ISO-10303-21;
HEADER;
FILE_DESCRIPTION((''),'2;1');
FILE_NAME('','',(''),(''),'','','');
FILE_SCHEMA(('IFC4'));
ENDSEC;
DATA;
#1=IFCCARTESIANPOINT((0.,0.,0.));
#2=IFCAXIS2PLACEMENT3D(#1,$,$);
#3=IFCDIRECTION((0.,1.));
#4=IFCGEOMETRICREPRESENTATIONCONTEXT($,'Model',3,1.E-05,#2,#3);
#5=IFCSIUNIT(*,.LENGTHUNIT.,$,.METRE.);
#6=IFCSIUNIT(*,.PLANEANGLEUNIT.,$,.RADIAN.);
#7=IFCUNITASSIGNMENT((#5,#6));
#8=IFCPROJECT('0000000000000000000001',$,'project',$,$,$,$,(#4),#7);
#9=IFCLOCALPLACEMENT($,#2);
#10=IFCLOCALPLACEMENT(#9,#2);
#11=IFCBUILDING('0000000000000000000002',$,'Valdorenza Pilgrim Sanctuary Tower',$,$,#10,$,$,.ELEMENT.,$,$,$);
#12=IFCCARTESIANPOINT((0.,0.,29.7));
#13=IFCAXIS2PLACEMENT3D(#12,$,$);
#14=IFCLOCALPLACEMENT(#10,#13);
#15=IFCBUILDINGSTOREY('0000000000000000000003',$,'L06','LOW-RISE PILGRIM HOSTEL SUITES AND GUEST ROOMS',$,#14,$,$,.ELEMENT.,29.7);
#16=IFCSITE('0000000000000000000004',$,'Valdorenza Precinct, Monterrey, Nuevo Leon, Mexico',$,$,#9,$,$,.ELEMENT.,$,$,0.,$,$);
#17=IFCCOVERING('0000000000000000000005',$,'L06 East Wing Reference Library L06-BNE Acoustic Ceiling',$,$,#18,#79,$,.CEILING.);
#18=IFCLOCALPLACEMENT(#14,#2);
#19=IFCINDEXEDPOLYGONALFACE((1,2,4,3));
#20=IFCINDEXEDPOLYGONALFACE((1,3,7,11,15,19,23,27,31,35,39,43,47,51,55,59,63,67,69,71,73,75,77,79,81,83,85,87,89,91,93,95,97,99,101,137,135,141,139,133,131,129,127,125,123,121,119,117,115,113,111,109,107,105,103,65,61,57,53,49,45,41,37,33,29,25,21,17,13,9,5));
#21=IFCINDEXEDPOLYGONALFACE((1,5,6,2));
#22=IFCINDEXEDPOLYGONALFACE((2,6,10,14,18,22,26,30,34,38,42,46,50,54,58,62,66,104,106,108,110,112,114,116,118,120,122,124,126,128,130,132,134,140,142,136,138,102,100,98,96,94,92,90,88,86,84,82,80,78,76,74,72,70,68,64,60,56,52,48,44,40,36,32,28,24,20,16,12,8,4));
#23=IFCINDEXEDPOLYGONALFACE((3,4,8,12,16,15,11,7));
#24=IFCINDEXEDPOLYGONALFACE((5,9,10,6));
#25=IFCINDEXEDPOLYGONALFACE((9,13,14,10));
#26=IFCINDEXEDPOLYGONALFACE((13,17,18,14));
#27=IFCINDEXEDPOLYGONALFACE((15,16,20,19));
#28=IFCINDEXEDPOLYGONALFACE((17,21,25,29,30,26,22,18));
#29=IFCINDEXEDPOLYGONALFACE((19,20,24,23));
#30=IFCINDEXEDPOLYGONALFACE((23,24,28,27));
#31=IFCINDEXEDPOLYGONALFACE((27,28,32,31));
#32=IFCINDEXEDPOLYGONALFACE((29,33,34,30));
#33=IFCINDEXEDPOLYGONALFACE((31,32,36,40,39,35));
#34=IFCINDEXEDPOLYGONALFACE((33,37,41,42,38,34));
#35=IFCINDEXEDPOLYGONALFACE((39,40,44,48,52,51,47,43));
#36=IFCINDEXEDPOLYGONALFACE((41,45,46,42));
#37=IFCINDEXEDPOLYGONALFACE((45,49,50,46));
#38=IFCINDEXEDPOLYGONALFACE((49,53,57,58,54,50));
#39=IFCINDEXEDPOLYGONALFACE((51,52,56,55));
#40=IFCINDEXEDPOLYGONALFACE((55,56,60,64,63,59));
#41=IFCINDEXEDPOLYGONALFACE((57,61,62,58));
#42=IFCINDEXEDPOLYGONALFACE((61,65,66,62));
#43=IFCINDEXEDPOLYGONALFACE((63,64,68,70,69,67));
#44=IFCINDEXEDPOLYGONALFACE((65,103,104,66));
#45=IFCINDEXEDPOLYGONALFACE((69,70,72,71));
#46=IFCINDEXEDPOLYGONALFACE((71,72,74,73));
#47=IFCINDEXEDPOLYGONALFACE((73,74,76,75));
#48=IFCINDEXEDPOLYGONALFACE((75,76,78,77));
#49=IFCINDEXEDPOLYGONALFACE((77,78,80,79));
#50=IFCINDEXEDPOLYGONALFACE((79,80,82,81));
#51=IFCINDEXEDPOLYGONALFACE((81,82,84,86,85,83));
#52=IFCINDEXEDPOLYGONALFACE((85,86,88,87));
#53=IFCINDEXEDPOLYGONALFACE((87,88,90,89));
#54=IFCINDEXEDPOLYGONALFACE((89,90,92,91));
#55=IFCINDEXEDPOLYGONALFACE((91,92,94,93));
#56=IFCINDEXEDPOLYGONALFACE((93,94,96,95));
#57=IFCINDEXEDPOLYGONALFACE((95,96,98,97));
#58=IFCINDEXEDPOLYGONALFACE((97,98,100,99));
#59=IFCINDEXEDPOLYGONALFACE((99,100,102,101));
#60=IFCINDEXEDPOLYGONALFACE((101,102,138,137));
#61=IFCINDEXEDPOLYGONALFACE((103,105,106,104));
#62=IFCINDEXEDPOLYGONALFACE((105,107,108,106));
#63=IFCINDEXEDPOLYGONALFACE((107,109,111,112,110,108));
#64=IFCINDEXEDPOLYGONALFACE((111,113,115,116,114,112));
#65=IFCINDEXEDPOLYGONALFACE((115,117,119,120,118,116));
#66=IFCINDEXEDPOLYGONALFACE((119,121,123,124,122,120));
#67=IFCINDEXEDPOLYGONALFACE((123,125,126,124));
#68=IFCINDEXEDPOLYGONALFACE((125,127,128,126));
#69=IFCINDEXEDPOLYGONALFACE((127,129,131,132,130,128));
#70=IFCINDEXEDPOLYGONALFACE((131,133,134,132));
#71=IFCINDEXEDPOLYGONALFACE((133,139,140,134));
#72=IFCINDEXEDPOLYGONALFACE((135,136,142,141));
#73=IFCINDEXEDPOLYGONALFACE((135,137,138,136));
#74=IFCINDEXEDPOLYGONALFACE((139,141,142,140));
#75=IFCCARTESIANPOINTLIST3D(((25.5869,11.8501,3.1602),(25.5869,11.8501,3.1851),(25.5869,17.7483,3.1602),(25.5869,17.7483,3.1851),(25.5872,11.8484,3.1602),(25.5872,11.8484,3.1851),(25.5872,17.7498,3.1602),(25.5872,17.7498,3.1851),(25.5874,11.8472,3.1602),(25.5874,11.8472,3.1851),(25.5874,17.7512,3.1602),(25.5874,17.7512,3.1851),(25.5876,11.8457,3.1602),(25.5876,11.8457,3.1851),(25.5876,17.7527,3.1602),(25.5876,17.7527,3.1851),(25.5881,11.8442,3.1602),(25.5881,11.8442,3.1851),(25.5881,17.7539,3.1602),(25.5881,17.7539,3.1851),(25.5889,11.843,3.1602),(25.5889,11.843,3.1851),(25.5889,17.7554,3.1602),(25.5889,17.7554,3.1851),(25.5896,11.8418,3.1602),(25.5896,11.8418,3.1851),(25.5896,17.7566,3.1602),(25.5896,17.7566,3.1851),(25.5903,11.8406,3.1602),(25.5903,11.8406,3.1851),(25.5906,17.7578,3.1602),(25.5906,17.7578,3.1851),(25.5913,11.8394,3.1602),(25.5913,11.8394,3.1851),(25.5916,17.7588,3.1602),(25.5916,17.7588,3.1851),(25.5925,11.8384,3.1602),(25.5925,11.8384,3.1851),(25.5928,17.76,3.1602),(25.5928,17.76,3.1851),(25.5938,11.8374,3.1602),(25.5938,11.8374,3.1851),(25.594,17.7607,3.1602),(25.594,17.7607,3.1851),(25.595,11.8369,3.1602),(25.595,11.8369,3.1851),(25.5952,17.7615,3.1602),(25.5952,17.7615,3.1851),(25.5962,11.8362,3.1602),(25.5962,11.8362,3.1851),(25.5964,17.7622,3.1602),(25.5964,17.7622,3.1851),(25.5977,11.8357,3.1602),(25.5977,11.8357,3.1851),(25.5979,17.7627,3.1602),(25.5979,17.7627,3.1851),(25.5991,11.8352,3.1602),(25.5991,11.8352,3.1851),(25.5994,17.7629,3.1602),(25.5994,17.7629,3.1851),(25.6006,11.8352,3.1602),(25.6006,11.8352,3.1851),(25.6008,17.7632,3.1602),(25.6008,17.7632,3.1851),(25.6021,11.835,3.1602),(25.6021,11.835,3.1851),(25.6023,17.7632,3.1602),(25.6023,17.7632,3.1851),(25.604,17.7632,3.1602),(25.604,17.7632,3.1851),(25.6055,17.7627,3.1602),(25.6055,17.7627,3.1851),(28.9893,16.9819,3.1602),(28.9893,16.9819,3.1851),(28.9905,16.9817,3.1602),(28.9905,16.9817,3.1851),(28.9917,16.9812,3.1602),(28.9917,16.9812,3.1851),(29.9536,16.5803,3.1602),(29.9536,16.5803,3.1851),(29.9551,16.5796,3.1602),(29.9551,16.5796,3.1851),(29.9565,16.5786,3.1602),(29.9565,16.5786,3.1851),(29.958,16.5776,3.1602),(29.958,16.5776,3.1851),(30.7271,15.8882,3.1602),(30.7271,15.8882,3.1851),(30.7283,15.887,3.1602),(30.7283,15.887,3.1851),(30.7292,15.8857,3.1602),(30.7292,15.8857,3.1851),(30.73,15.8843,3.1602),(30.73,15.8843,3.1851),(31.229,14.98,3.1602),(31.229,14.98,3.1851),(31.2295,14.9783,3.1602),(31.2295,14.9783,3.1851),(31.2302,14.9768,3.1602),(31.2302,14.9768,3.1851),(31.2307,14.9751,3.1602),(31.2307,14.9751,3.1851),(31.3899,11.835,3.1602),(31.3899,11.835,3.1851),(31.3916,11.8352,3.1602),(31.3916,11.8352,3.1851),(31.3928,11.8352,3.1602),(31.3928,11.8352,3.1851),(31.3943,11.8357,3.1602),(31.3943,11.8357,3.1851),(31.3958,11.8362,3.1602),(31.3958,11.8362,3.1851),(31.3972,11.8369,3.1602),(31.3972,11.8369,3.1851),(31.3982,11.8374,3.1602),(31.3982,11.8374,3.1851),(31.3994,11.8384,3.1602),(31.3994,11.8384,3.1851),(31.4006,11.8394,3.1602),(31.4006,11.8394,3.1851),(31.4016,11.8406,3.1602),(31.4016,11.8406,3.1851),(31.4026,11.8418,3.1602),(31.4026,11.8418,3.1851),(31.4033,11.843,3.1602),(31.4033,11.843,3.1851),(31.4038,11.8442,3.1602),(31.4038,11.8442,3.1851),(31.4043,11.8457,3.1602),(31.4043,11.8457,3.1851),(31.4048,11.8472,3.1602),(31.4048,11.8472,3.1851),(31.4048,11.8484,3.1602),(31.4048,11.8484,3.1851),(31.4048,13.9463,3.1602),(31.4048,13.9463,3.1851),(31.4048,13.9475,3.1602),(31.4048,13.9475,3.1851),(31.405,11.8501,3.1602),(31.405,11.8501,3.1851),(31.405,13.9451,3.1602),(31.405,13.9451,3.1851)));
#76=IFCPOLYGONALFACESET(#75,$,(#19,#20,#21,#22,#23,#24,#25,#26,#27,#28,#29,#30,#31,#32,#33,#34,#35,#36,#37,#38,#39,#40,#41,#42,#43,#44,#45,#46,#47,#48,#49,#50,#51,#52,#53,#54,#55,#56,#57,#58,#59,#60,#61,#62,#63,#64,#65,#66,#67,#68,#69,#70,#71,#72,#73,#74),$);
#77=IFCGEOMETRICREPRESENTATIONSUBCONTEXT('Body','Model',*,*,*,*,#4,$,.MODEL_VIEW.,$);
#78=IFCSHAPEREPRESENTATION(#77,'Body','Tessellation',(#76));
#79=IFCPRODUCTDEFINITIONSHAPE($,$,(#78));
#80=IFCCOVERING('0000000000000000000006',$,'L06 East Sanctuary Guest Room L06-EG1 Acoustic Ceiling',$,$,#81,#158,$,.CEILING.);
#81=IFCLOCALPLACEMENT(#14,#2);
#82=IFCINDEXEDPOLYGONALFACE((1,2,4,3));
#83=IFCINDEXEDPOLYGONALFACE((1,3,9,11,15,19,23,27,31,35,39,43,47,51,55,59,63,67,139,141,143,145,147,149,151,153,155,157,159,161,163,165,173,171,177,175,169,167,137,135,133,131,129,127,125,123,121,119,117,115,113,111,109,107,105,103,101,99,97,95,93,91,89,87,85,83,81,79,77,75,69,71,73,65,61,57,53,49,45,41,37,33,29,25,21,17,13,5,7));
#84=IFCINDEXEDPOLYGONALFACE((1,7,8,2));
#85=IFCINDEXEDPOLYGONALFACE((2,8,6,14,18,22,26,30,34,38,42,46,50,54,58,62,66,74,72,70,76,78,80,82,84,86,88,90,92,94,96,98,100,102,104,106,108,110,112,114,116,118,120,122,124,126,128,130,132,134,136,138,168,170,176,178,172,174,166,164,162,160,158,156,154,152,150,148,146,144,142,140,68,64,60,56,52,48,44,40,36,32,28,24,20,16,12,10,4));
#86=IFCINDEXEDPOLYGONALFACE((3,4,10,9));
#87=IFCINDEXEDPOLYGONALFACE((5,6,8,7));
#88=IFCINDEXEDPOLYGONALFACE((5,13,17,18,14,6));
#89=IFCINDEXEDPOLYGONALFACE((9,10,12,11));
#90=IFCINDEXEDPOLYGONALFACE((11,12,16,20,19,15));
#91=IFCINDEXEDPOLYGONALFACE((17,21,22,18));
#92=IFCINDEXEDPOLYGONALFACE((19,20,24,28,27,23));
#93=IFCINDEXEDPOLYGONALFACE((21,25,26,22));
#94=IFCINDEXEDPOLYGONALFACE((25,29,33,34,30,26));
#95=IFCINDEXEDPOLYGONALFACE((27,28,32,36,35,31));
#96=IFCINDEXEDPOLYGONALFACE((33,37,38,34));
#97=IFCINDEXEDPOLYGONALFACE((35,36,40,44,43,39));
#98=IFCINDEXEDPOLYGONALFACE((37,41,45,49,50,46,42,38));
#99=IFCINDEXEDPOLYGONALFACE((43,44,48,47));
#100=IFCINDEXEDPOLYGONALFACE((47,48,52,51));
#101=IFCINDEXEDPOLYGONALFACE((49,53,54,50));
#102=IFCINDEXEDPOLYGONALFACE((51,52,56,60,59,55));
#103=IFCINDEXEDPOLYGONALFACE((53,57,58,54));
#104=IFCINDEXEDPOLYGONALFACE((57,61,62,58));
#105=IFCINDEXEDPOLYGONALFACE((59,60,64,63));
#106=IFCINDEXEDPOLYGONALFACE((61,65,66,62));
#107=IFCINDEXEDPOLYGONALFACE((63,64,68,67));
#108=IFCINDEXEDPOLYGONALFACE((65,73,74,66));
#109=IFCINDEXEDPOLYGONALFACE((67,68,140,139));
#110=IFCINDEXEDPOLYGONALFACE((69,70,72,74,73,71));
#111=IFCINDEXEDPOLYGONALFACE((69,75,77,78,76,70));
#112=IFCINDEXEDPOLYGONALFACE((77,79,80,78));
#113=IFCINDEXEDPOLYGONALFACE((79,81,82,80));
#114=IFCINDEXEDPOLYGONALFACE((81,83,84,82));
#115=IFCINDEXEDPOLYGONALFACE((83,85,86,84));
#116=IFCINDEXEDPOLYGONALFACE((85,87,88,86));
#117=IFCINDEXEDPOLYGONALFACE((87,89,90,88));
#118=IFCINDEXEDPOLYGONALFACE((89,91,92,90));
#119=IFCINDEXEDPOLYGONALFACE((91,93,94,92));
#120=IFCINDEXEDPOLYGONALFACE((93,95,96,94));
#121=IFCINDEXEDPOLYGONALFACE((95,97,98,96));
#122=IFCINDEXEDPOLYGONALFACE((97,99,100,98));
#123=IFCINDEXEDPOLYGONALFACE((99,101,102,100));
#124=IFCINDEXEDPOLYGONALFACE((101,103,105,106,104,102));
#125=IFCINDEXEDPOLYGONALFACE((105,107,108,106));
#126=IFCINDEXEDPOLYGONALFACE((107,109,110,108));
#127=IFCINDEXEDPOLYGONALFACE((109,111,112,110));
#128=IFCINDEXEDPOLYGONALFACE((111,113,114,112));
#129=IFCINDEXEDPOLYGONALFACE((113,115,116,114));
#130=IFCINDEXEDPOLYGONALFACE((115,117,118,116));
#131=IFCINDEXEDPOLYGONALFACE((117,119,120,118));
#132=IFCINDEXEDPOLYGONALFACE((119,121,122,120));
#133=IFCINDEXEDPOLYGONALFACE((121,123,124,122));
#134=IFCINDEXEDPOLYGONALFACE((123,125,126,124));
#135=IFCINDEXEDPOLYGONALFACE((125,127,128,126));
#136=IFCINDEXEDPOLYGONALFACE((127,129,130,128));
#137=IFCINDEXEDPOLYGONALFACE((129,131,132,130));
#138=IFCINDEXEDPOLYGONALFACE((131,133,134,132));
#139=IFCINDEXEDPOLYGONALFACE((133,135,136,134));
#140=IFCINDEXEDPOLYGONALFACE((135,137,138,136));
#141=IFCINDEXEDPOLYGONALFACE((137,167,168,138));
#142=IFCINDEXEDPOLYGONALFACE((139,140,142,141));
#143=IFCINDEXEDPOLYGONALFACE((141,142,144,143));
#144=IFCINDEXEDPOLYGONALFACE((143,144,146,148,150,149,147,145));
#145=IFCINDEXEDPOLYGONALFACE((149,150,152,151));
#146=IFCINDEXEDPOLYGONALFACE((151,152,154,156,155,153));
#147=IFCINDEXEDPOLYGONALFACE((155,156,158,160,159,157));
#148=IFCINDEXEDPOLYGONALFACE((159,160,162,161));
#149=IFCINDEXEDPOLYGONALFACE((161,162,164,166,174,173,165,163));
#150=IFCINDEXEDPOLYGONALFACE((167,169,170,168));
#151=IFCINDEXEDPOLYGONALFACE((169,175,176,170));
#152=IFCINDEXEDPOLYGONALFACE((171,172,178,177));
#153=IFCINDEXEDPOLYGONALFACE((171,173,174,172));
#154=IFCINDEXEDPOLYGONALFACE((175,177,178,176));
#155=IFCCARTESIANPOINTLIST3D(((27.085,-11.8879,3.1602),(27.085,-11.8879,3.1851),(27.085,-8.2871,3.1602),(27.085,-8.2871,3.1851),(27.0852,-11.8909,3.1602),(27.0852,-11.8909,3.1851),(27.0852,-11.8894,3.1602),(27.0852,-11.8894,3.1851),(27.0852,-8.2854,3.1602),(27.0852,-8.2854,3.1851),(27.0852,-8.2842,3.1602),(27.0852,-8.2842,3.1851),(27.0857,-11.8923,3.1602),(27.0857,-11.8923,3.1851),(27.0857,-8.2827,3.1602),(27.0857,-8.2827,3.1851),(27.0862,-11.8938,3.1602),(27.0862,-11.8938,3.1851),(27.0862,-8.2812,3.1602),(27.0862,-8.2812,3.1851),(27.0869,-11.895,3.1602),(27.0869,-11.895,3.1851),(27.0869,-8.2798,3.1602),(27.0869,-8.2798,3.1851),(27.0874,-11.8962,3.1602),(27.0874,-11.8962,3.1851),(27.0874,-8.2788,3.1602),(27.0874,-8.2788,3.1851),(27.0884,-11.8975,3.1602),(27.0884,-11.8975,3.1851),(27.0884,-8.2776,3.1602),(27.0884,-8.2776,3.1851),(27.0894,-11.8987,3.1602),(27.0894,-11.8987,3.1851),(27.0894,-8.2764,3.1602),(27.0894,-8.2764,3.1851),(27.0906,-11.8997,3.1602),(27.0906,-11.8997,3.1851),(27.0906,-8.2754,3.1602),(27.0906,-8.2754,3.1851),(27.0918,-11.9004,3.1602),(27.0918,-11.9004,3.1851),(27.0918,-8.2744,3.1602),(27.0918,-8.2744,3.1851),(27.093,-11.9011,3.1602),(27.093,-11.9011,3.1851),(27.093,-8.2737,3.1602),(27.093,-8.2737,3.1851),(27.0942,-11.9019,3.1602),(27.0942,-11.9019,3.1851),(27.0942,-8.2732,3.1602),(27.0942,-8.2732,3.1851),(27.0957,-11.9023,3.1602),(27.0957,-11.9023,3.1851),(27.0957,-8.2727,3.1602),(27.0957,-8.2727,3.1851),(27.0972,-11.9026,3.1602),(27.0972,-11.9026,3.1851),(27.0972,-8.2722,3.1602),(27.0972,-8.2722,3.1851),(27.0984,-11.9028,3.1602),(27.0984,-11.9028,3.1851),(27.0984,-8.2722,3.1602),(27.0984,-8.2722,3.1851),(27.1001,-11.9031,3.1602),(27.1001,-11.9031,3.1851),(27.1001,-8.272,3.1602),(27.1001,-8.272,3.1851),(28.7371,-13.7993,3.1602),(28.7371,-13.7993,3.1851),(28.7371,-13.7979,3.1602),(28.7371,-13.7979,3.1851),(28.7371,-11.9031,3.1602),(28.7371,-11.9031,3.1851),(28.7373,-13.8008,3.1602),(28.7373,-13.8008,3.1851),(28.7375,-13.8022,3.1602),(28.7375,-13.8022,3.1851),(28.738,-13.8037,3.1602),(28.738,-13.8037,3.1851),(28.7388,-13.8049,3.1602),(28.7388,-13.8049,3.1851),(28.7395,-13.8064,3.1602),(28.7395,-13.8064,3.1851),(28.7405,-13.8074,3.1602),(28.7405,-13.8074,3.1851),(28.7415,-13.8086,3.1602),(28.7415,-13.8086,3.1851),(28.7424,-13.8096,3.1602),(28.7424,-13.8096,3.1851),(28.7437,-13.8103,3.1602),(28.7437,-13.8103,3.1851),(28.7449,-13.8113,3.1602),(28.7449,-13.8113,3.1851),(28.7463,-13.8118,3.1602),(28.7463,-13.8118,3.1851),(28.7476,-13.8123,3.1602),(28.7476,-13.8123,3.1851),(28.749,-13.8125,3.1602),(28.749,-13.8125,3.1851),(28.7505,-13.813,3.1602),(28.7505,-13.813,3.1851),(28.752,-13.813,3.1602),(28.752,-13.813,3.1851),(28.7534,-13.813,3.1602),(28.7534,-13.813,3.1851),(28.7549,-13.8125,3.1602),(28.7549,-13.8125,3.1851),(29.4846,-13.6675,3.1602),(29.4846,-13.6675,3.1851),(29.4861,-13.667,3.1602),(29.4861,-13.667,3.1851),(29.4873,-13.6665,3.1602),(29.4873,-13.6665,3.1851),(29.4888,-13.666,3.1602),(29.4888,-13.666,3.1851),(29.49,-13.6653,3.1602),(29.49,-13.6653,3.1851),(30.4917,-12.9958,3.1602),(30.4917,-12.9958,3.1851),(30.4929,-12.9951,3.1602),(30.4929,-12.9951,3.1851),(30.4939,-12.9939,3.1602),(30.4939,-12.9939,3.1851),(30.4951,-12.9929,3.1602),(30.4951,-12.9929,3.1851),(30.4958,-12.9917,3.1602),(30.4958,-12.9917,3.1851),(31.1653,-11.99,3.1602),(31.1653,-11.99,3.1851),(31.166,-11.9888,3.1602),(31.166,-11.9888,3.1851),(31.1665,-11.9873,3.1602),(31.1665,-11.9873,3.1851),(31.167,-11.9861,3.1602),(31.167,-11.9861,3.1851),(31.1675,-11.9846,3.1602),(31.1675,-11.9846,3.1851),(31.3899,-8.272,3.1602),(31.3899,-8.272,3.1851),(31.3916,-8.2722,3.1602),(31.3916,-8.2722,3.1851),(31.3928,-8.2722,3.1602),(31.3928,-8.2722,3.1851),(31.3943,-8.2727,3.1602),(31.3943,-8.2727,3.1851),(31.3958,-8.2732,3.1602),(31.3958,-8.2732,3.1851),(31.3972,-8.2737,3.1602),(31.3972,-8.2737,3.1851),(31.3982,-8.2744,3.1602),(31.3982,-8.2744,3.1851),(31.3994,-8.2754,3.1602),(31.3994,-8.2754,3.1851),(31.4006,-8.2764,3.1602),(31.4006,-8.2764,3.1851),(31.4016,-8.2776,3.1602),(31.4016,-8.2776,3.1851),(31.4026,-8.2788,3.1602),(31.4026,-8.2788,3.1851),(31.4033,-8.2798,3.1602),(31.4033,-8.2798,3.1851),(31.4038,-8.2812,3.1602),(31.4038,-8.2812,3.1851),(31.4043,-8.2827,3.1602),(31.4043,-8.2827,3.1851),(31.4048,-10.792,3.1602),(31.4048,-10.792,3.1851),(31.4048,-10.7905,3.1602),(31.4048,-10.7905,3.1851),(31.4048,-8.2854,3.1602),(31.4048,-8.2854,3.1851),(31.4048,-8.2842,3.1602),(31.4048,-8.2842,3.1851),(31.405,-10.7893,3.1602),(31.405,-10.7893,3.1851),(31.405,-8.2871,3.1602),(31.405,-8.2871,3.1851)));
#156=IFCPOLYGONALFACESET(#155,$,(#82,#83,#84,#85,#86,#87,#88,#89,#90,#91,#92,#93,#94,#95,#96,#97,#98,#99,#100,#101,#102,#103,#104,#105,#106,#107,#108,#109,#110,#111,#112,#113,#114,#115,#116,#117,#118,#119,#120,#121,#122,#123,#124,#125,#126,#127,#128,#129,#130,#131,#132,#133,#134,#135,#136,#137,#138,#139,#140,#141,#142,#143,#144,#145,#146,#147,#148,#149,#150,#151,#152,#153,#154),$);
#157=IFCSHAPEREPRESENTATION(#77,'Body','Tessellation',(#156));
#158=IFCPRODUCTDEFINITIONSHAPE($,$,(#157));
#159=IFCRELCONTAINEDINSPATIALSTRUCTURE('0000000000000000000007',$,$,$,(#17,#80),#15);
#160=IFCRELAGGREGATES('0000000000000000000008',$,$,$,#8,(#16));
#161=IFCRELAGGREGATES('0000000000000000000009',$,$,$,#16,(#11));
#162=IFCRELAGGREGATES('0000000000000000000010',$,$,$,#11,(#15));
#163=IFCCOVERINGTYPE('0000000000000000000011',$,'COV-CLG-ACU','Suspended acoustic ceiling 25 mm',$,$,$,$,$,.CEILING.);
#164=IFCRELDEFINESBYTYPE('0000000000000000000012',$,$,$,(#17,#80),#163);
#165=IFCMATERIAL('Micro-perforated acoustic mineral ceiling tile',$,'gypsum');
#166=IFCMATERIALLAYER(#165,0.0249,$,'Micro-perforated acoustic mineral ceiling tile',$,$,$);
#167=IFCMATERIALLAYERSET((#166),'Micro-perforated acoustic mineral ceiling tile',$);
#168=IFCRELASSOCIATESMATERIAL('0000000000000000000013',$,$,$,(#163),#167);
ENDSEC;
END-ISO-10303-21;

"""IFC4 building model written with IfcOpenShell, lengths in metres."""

from ifc_helpers import new_model, si_unit, direction, frame, origin, place, context, subcontext, project, spatial, polyline, outline, extrude, material, layer, layer_set, type_object, element, save


model = new_model("IFC4")

# Units and contexts
model_context = context("Model", 3, precision=1e-05, world=origin(), true_north=direction((0.0, 1.0)))
body_context = subcontext(model_context, "Body", "Model", "MODEL_VIEW")
ifc_project = project(units=[si_unit("LENGTHUNIT", "METRE"), si_unit("PLANEANGLEUNIT", "RADIAN")], contexts=[model_context])

# Site, building, storey
site_placement = place(None, origin())
site = spatial("IfcSite", under=ifc_project, at=site_placement, Name="Valdorenza Precinct, Monterrey, Nuevo Leon, Mexico", CompositionType="ELEMENT", RefElevation=0.0)
building_placement = place(site_placement, origin())
building = spatial("IfcBuilding", under=site, at=building_placement, Name="Valdorenza Pilgrim Sanctuary Tower", CompositionType="ELEMENT")
storey_placement = place(building_placement, frame((0.0, 0.0, 29.7)))
storey = spatial("IfcBuildingStorey", under=building, at=storey_placement, Name="L06", Description="LOW-RISE PILGRIM HOSTEL SUITES AND GUEST ROOMS", CompositionType="ELEMENT", Elevation=29.7)

# Coverings
ifc_material_1 = material(Name="Micro-perforated acoustic mineral ceiling tile", Category="gypsum")
ifc_layer_1 = layer(ifc_material_1, 0.0249, Name="Micro-perforated acoustic mineral ceiling tile")
ifc_layer_set_1 = layer_set([ifc_layer_1], Name="Micro-perforated acoustic mineral ceiling tile")
covering_type_1 = type_object("IfcCoveringType", Name="COV-CLG-ACU", Description="Suspended acoustic ceiling 25 mm", PredefinedType="CEILING", material=ifc_layer_set_1)
covering_1_placement = place(storey_placement, frame((0.0, 0.0, 3.1602)))
element("IfcCovering", 1, at=covering_1_placement, inside=storey, type_object=covering_type_1, Name="L06 East Wing Reference Library L06-BNE Acoustic Ceiling", PredefinedType="CEILING", context=body_context, shape_type="SweptSolid", body=[
    extrude(outline(polyline([(28.9893, 16.9819), (28.9905, 16.9817), (28.9917, 16.9812), (29.9536, 16.5803), (29.9551, 16.5796), (29.9565, 16.5786), (29.958, 16.5776), (30.7271, 15.8882), (30.7283, 15.887), (30.7292, 15.8857), (30.73, 15.8843), (31.229, 14.98), (31.2295, 14.9783), (31.2302, 14.9768), (31.2307, 14.9751), (31.4048, 13.9475), (31.4048, 13.9463), (31.405, 13.9451), (31.405, 11.8501), (31.4048, 11.8484), (31.4048, 11.8472), (31.4043, 11.8457), (31.4038, 11.8442), (31.4033, 11.843), (31.4026, 11.8418), (31.4016, 11.8406), (31.4006, 11.8394), (31.3994, 11.8384), (31.3982, 11.8374), (31.3972, 11.8369), (31.3958, 11.8362), (31.3943, 11.8357), (31.3928, 11.8352), (31.3916, 11.8352), (31.3899, 11.835), (25.6021, 11.835), (25.6006, 11.8352), (25.5991, 11.8352), (25.5977, 11.8357), (25.5962, 11.8362), (25.595, 11.8369), (25.5938, 11.8374), (25.5925, 11.8384), (25.5913, 11.8394), (25.5903, 11.8406), (25.5896, 11.8418), (25.5889, 11.843), (25.5881, 11.8442), (25.5876, 11.8457), (25.5874, 11.8472), (25.5872, 11.8484), (25.5869, 11.8501), (25.5869, 17.7483), (25.5872, 17.7498), (25.5874, 17.7512), (25.5876, 17.7527), (25.5881, 17.7539), (25.5889, 17.7554), (25.5896, 17.7566), (25.5906, 17.7578), (25.5916, 17.7588), (25.5928, 17.76), (25.594, 17.7607), (25.5952, 17.7615), (25.5964, 17.7622), (25.5979, 17.7627), (25.5994, 17.7629), (25.6008, 17.7632), (25.6023, 17.7632), (25.604, 17.7632), (25.6055, 17.7627), (28.9893, 16.9819)])), origin(), (0.0, 0.0, 1.0), 0.0249),
])
covering_2_placement = place(storey_placement, frame((0.0, 0.0, 3.1602)))
element("IfcCovering", 2, at=covering_2_placement, inside=storey, type_object=covering_type_1, Name="L06 East Sanctuary Guest Room L06-EG1 Acoustic Ceiling", PredefinedType="CEILING", context=body_context, shape_type="SweptSolid", body=[
    extrude(outline(polyline([(28.7371, -11.9031), (27.1001, -11.9031), (27.0984, -11.9028), (27.0972, -11.9026), (27.0957, -11.9023), (27.0942, -11.9019), (27.093, -11.9011), (27.0918, -11.9004), (27.0906, -11.8997), (27.0894, -11.8987), (27.0884, -11.8975), (27.0874, -11.8962), (27.0869, -11.895), (27.0862, -11.8938), (27.0857, -11.8923), (27.0852, -11.8909), (27.0852, -11.8894), (27.085, -11.8879), (27.085, -8.2871), (27.0852, -8.2854), (27.0852, -8.2842), (27.0857, -8.2827), (27.0862, -8.2812), (27.0869, -8.2798), (27.0874, -8.2788), (27.0884, -8.2776), (27.0894, -8.2764), (27.0906, -8.2754), (27.0918, -8.2744), (27.093, -8.2737), (27.0942, -8.2732), (27.0957, -8.2727), (27.0972, -8.2722), (27.0984, -8.2722), (27.1001, -8.272), (31.3899, -8.272), (31.3916, -8.2722), (31.3928, -8.2722), (31.3943, -8.2727), (31.3958, -8.2732), (31.3972, -8.2737), (31.3982, -8.2744), (31.3994, -8.2754), (31.4006, -8.2764), (31.4016, -8.2776), (31.4026, -8.2788), (31.4033, -8.2798), (31.4038, -8.2812), (31.4043, -8.2827), (31.4048, -8.2842), (31.4048, -8.2854), (31.405, -8.2871), (31.405, -10.7893), (31.4048, -10.7905), (31.4048, -10.792), (31.1675, -11.9846), (31.167, -11.9861), (31.1665, -11.9873), (31.166, -11.9888), (31.1653, -11.99), (30.4958, -12.9917), (30.4951, -12.9929), (30.4939, -12.9939), (30.4929, -12.9951), (30.4917, -12.9958), (29.49, -13.6653), (29.4888, -13.666), (29.4873, -13.6665), (29.4861, -13.667), (29.4846, -13.6675), (28.7549, -13.8125), (28.7534, -13.813), (28.752, -13.813), (28.7505, -13.813), (28.749, -13.8125), (28.7476, -13.8123), (28.7463, -13.8118), (28.7449, -13.8113), (28.7437, -13.8103), (28.7424, -13.8096), (28.7415, -13.8086), (28.7405, -13.8074), (28.7395, -13.8064), (28.7388, -13.8049), (28.738, -13.8037), (28.7375, -13.8022), (28.7373, -13.8008), (28.7371, -13.7993), (28.7371, -13.7979), (28.7371, -11.9031)])), origin(), (0.0, 0.0, 1.0), 0.0249),
])

save(model, "model.ifc")
